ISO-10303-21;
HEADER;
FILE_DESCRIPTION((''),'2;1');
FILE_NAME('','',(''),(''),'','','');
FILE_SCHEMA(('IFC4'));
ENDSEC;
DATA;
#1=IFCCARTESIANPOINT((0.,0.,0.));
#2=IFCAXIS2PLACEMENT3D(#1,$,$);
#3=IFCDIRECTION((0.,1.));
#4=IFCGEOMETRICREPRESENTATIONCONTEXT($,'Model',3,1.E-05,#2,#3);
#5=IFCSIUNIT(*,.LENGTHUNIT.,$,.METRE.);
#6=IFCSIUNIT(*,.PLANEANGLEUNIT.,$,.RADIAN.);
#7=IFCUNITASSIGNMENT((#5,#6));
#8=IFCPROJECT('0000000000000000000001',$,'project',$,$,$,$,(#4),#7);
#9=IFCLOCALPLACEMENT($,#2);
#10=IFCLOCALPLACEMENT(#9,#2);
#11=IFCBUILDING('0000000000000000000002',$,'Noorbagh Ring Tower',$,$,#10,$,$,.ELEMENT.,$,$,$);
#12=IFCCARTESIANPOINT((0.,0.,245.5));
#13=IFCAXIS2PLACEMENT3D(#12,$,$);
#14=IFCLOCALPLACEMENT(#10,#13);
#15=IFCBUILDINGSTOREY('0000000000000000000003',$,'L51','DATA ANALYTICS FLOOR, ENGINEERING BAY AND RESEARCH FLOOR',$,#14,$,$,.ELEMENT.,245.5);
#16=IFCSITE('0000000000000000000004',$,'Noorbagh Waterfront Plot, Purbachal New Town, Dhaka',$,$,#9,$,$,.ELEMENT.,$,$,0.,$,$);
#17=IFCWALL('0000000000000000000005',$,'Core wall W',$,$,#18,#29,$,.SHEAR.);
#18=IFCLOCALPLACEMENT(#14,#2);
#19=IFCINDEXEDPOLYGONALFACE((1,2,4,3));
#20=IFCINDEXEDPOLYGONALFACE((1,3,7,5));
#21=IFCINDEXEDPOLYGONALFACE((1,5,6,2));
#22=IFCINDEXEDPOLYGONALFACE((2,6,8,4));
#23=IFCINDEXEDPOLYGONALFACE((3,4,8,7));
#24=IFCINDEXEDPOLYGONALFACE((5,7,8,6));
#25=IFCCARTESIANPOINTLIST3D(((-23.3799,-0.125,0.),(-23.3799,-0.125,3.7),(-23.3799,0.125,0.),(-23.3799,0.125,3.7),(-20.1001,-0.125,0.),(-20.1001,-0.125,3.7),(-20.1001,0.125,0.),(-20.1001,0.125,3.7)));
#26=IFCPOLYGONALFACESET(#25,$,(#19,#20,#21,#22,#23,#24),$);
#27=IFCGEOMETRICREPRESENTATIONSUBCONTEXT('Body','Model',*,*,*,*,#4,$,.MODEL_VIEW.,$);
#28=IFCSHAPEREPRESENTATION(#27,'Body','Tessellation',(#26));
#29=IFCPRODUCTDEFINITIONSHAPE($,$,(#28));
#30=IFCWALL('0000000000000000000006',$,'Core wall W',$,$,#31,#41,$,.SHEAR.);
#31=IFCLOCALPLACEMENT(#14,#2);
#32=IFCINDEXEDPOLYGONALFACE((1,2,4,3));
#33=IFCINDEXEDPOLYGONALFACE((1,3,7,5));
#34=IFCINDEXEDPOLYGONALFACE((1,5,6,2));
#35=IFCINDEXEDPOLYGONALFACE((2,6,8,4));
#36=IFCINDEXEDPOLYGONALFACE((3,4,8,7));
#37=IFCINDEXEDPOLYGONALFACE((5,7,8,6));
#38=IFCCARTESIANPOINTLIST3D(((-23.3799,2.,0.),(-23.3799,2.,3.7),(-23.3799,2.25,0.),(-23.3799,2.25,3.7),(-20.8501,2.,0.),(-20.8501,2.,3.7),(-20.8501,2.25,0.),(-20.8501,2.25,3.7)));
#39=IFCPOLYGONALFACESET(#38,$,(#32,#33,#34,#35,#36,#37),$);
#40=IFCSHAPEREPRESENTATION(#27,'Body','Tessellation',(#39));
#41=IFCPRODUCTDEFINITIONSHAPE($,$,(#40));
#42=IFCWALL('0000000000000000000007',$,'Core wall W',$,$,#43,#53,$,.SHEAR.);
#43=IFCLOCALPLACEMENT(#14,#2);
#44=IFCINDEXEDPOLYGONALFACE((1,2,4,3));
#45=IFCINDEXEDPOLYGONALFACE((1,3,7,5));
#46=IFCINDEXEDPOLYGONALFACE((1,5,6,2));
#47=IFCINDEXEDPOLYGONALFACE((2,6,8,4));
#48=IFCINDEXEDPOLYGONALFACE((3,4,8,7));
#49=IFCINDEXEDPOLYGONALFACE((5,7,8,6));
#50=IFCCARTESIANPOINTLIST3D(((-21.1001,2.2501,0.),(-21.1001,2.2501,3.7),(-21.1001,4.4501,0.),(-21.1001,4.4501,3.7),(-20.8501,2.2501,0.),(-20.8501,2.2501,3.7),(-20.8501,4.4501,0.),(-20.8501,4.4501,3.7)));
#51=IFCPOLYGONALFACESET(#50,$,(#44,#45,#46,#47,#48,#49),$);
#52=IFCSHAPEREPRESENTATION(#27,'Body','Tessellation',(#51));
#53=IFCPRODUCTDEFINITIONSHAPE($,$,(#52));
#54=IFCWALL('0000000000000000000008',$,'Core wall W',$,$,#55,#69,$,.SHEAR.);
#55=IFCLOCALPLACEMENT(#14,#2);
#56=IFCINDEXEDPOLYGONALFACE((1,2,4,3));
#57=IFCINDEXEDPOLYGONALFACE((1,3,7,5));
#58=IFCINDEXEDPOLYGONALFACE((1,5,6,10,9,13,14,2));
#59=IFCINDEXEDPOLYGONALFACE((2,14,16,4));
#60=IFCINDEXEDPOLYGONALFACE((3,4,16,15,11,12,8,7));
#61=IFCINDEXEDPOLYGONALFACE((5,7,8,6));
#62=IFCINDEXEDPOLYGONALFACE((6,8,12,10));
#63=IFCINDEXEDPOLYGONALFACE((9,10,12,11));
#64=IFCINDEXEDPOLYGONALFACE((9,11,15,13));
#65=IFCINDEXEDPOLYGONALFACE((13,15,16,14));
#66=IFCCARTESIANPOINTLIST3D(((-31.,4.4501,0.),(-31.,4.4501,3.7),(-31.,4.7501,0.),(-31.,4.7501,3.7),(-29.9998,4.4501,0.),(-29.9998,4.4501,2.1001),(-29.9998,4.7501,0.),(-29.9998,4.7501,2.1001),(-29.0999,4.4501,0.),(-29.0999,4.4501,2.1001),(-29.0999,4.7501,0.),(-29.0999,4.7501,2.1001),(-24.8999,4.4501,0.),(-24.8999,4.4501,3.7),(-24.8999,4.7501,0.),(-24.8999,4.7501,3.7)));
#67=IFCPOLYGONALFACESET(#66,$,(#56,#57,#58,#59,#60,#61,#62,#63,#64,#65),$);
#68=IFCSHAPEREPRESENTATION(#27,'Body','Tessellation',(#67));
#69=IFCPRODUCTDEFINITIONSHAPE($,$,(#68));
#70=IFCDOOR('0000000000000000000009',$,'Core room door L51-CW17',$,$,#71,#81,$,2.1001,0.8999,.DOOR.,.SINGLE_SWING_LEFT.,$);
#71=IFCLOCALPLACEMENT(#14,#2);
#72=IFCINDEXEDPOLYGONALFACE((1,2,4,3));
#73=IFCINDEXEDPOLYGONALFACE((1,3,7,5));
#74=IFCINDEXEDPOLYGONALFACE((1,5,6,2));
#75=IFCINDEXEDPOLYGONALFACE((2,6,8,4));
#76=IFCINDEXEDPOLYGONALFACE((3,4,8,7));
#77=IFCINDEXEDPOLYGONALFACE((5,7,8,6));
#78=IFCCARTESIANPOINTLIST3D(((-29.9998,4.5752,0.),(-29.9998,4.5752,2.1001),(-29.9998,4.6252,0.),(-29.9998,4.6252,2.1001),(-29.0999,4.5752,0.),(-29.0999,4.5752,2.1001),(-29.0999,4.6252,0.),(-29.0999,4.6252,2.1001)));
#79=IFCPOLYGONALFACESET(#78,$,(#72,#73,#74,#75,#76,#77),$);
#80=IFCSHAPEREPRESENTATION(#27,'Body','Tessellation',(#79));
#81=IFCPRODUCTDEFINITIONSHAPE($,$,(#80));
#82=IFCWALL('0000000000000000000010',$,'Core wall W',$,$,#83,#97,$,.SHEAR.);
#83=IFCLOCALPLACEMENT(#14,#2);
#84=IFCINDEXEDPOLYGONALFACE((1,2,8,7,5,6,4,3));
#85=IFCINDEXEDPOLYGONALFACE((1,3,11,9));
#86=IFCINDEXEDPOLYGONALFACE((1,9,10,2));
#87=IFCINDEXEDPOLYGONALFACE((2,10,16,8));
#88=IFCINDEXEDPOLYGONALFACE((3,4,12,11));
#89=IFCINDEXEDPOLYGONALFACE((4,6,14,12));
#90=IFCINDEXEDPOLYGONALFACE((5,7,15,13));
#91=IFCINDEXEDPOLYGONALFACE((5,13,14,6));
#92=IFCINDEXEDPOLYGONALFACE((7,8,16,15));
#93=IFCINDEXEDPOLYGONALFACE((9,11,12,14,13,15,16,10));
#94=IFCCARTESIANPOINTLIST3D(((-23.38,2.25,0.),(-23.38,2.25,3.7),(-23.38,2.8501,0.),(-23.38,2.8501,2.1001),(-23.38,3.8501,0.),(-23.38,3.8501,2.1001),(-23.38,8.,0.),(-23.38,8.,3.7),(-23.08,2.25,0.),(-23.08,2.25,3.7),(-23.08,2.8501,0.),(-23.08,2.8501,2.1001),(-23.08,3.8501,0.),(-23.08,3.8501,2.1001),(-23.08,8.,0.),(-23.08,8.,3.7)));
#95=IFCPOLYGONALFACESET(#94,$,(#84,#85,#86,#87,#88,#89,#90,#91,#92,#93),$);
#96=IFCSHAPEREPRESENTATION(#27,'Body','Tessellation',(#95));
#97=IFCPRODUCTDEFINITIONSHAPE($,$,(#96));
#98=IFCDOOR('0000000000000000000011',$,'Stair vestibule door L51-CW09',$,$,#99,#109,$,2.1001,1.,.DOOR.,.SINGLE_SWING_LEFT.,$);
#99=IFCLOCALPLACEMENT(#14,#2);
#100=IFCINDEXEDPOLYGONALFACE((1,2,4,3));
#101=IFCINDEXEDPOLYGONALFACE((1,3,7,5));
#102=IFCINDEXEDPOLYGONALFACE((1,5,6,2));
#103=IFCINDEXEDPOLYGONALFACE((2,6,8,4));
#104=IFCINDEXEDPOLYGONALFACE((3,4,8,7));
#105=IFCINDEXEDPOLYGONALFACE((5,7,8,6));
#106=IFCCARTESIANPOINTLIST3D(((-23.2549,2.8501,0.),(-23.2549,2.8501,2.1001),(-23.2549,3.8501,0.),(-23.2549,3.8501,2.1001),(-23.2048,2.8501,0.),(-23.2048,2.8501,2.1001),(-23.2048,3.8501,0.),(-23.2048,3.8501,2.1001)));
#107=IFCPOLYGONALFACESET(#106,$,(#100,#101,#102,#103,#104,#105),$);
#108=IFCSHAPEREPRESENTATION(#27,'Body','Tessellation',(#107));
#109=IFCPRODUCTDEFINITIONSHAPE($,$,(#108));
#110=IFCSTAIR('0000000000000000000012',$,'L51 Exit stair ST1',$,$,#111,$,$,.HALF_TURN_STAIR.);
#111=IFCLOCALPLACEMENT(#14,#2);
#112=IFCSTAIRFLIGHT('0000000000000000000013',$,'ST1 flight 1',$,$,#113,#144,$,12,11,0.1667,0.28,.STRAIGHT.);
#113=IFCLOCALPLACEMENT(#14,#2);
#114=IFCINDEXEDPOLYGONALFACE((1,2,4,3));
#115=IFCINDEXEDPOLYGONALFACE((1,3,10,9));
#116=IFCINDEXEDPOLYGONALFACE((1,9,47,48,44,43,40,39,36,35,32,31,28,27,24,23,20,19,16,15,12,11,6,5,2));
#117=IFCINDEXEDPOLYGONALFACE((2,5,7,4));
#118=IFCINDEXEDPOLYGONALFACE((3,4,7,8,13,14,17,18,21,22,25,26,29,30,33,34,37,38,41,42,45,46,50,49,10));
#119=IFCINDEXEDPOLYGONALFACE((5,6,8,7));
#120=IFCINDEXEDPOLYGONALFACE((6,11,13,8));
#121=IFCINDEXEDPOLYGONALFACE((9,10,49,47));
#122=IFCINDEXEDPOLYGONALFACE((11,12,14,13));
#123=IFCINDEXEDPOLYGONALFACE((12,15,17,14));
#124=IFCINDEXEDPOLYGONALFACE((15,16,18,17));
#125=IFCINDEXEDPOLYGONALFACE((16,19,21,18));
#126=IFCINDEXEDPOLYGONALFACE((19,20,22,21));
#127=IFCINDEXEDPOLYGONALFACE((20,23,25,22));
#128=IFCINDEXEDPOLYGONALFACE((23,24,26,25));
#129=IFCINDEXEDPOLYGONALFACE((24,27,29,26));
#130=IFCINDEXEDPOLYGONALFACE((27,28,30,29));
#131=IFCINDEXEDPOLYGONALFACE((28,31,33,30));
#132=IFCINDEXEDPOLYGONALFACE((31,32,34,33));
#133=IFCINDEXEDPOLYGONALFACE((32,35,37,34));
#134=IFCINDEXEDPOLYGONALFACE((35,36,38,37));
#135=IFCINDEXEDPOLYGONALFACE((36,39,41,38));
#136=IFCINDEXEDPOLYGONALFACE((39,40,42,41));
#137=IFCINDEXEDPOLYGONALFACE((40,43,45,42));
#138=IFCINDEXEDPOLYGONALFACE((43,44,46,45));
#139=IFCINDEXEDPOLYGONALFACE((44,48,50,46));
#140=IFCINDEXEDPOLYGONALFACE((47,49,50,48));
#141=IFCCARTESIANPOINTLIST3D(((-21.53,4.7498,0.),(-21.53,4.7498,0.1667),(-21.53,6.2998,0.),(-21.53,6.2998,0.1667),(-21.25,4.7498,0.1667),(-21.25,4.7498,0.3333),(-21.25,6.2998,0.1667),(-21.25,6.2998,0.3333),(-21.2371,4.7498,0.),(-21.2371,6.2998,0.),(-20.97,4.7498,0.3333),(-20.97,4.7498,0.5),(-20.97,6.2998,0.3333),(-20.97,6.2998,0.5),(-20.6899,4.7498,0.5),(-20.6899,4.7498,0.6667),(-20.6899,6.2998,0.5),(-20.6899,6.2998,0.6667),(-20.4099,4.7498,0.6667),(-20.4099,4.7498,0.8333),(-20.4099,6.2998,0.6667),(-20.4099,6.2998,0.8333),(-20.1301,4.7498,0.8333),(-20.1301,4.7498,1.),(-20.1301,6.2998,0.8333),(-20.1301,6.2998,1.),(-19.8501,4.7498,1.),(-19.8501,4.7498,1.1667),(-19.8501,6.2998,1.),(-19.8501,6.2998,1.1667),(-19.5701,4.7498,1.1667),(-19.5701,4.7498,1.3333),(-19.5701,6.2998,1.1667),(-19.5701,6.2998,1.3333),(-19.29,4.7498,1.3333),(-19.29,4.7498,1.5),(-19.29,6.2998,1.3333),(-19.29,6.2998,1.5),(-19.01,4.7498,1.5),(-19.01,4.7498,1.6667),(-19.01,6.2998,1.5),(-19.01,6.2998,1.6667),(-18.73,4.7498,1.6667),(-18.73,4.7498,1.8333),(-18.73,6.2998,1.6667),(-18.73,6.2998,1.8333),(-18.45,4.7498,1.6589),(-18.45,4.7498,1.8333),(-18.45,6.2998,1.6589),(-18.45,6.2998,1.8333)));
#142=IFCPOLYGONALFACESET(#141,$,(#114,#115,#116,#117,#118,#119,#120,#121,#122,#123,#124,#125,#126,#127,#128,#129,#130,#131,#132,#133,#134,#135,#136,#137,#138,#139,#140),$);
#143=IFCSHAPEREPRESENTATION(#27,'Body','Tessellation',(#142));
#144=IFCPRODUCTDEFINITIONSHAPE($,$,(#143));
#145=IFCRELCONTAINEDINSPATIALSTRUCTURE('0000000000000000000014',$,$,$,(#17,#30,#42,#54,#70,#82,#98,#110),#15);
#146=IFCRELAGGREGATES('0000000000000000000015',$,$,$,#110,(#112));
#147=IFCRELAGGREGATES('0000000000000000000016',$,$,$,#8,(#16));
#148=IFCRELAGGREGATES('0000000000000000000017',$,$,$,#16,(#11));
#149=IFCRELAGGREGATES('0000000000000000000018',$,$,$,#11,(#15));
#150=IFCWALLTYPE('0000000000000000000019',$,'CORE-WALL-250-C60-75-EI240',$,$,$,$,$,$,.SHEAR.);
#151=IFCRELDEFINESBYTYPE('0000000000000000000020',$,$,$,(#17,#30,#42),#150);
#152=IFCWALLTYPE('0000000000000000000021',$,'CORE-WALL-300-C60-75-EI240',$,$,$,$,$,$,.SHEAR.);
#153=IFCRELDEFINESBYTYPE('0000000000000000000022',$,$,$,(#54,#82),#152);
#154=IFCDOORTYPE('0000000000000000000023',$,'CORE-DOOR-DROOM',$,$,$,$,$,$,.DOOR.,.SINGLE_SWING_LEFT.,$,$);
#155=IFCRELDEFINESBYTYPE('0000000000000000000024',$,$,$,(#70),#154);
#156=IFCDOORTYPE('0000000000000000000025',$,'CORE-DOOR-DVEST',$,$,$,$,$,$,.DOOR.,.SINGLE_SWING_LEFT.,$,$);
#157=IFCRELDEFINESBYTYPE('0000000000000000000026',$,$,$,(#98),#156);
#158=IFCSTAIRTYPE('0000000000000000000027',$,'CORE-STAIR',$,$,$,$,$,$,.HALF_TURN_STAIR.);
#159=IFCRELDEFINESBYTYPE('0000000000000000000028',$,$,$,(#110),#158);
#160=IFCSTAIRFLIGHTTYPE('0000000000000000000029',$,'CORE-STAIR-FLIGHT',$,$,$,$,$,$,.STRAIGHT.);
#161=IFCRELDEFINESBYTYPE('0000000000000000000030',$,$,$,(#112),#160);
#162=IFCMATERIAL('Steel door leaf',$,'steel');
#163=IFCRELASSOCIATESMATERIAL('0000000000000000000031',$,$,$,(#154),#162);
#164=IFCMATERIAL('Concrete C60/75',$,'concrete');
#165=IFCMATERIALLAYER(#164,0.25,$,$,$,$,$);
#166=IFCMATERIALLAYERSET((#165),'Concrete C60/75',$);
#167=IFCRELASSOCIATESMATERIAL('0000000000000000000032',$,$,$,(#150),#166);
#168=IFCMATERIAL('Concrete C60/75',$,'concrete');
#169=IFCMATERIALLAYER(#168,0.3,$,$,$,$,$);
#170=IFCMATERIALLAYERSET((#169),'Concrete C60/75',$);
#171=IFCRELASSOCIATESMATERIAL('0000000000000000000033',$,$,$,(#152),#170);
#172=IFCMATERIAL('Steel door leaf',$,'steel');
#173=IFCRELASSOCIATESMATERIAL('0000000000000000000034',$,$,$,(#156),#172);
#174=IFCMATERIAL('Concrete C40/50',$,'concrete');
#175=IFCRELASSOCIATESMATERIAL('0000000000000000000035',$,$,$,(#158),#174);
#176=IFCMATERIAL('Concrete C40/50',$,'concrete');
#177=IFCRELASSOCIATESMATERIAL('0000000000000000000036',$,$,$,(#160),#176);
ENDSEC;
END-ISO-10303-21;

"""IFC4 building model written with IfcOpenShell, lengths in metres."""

from ifc_helpers import new_model, si_unit, direction, frame, frame_2d, origin, place, context, subcontext, project, spatial, polyline, rectangle, outline, extrude, material, layer, layer_set, type_object, element, fill, aggregate, save


model = new_model("IFC4")

# Units and contexts
model_context = context("Model", 3, precision=1e-05, world=origin(), true_north=direction((0.0, 1.0)))
body_context = subcontext(model_context, "Body", "Model", "MODEL_VIEW")
ifc_project = project(units=[si_unit("LENGTHUNIT", "METRE"), si_unit("PLANEANGLEUNIT", "RADIAN")], contexts=[model_context])

# Site, building, storey
site_placement = place(None, origin())
site = spatial("IfcSite", under=ifc_project, at=site_placement, Name="Noorbagh Waterfront Plot, Purbachal New Town, Dhaka", CompositionType="ELEMENT", RefElevation=0.0)
building_placement = place(site_placement, origin())
building = spatial("IfcBuilding", under=site, at=building_placement, Name="Noorbagh Ring Tower", CompositionType="ELEMENT")
storey_placement = place(building_placement, frame((0.0, 0.0, 245.5)))
storey = spatial("IfcBuildingStorey", under=building, at=storey_placement, Name="L51", Description="DATA ANALYTICS FLOOR, ENGINEERING BAY AND RESEARCH FLOOR", CompositionType="ELEMENT", Elevation=245.5)

# Shared definitions
ifc_material_1 = material(Name="Steel door leaf", Category="steel")
door_type_1 = type_object("IfcDoorType", Name="CORE-DOOR-DROOM", OperationType="SINGLE_SWING_LEFT", PredefinedType="DOOR", material=ifc_material_1)

# Walls
ifc_material_2 = material(Name="Concrete C60/75", Category="concrete")
ifc_layer_1 = layer(ifc_material_2, 0.25)
ifc_layer_set_1 = layer_set([ifc_layer_1], Name="Concrete C60/75")
wall_type_1 = type_object("IfcWallType", Name="CORE-WALL-250-C60-75-EI240", PredefinedType="SHEAR", material=ifc_layer_set_1)
wall_1_placement = place(storey_placement, frame((-20.1001, 0.0, 0.0), z_axis=(0.0, 0.0, 1.0), x_axis=(-1.0, 0.0, 0.0)))
element("IfcWall", 1, at=wall_1_placement, inside=storey, type_object=wall_type_1, Name="Core wall W", PredefinedType="SHEAR", context=body_context, shape_type="SweptSolid", body=[
    extrude(rectangle(XDim=3.2798, YDim=0.25, at=frame_2d((1.6399, 0.0))), origin(), (0.0, 0.0, 1.0), 3.7),
])
wall_2_placement = place(storey_placement, frame((-20.8501, 2.125, 0.0), z_axis=(0.0, 0.0, 1.0), x_axis=(-1.0, 0.0, 0.0)))
element("IfcWall", 2, at=wall_2_placement, inside=storey, type_object=wall_type_1, Name="Core wall W", PredefinedType="SHEAR", context=body_context, shape_type="SweptSolid", body=[
    extrude(rectangle(XDim=2.5298, YDim=0.25, at=frame_2d((1.2649, 0.0))), origin(), (0.0, 0.0, 1.0), 3.7),
])
wall_3_placement = place(storey_placement, frame((-20.9751, 2.25, 0.0), z_axis=(0.0, 0.0, 1.0), x_axis=(0.0, 1.0, 0.0)))
element("IfcWall", 3, at=wall_3_placement, inside=storey, type_object=wall_type_1, Name="Core wall W", PredefinedType="SHEAR", context=body_context, shape_type="SweptSolid", body=[
    extrude(rectangle(XDim=2.2, YDim=0.25, at=frame_2d((1.1001, 0.0))), origin(), (0.0, 0.0, 1.0), 3.7),
])

# Walls, openings, doors
ifc_material_3 = material(Name="Concrete C60/75", Category="concrete")
ifc_layer_2 = layer(ifc_material_3, 0.3)
ifc_layer_set_2 = layer_set([ifc_layer_2], Name="Concrete C60/75")
wall_type_2 = type_object("IfcWallType", Name="CORE-WALL-300-C60-75-EI240", PredefinedType="SHEAR", material=ifc_layer_set_2)
wall_4_placement = place(storey_placement, frame((-24.8999, 4.6001, 0.0), z_axis=(0.0, 0.0, 1.0), x_axis=(-1.0, 0.0, 0.0)))
wall_4 = element("IfcWall", 4, at=wall_4_placement, inside=storey, type_object=wall_type_2, Name="Core wall W", PredefinedType="SHEAR", context=body_context, shape_type="SweptSolid", body=[
    extrude(rectangle(XDim=6.1001, YDim=0.3, at=frame_2d((3.05, 0.0))), origin(), (0.0, 0.0, 1.0), 3.7),
])
opening_1_placement = place(wall_4_placement, frame((4.2, 0.0, 0.0)))
opening_1 = element("IfcOpeningElement", 5, at=opening_1_placement, cuts=wall_4, PredefinedType="OPENING", context=body_context, shape_type="SweptSolid", body=[
    extrude(rectangle(XDim=0.8999, YDim=2.1001, at=frame_2d((0.45, 1.05))), frame((0.0, 0.1602, 0.0), z_axis=(0.0, -1.0, 0.0), x_axis=(1.0, 0.0, 0.0)), (0.0, 0.0, 1.0), 0.3201),
])
door_1_placement = place(opening_1_placement, origin())
door_1 = element("IfcDoor", 6, at=door_1_placement, inside=storey, type_object=door_type_1, Name="Core room door L51-CW17", OperationType="SINGLE_SWING_LEFT", OverallHeight=2.1001, OverallWidth=0.8999, PredefinedType="DOOR", context=body_context, shape_type="SweptSolid", body=[
    extrude(rectangle(XDim=0.8999, YDim=2.1001, at=frame_2d((0.45, 1.05))), frame((0.0, 0.0249, 0.0), z_axis=(0.0, -1.0, 0.0), x_axis=(1.0, 0.0, 0.0)), (0.0, 0.0, 1.0), 0.05),
])
fill(opening_1, door_1)
wall_5_placement = place(storey_placement, frame((-23.23, 2.25, 0.0), z_axis=(0.0, 0.0, 1.0), x_axis=(0.0, 1.0, 0.0)))
wall_5 = element("IfcWall", 7, at=wall_5_placement, inside=storey, type_object=wall_type_2, Name="Core wall W", PredefinedType="SHEAR", context=body_context, shape_type="SweptSolid", body=[
    extrude(rectangle(XDim=5.75, YDim=0.3, at=frame_2d((2.875, 0.0))), origin(), (0.0, 0.0, 1.0), 3.7),
])
opening_2_placement = place(wall_5_placement, frame((0.6001, 0.0, 0.0)))
opening_2 = element("IfcOpeningElement", 8, at=opening_2_placement, cuts=wall_5, PredefinedType="OPENING", context=body_context, shape_type="SweptSolid", body=[
    extrude(rectangle(XDim=1.0, YDim=2.1001, at=frame_2d((0.5, 1.05))), frame((0.0, 0.1602, 0.0), z_axis=(0.0, -1.0, 0.0), x_axis=(1.0, 0.0, 0.0)), (0.0, 0.0, 1.0), 0.3201),
])
ifc_material_4 = material(Name="Steel door leaf", Category="steel")
door_type_2 = type_object("IfcDoorType", Name="CORE-DOOR-DVEST", OperationType="SINGLE_SWING_LEFT", PredefinedType="DOOR", material=ifc_material_4)
door_2_placement = place(opening_2_placement, origin())
door_2 = element("IfcDoor", 9, at=door_2_placement, inside=storey, type_object=door_type_2, Name="Stair vestibule door L51-CW09", OperationType="SINGLE_SWING_LEFT", OverallHeight=2.1001, OverallWidth=1.0, PredefinedType="DOOR", context=body_context, shape_type="SweptSolid", body=[
    extrude(rectangle(XDim=1.0, YDim=2.1001, at=frame_2d((0.5, 1.05))), frame((0.0, 0.0249, 0.0), z_axis=(0.0, -1.0, 0.0), x_axis=(1.0, 0.0, 0.0)), (0.0, 0.0, 1.0), 0.05),
])
fill(opening_2, door_2)

# Stair, stair flight
ifc_material_5 = material(Name="Concrete C40/50", Category="concrete")
stair_type = type_object("IfcStairType", Name="CORE-STAIR", PredefinedType="HALF_TURN_STAIR", material=ifc_material_5)
stair_placement = place(storey_placement, origin())
stair = element("IfcStair", 10, at=stair_placement, inside=storey, type_object=stair_type, Name="L51 Exit stair ST1", PredefinedType="HALF_TURN_STAIR")
ifc_material_6 = material(Name="Concrete C40/50", Category="concrete")
stair_flight_type = type_object("IfcStairFlightType", Name="CORE-STAIR-FLIGHT", PredefinedType="STRAIGHT", material=ifc_material_6)
stair_flight_placement = place(storey_placement, frame((-21.53, 5.5249, 0.0), z_axis=(0.0, 0.0, 1.0), x_axis=(1.0, 0.0, 0.0)))
stair_flight = element("IfcStairFlight", 11, at=stair_flight_placement, type_object=stair_flight_type, Name="ST1 flight 1", NumberOfRisers=12, NumberOfTreads=11, PredefinedType="STRAIGHT", RiserHeight=0.1667, TreadLength=0.28, context=body_context, shape_type="SweptSolid", body=[
    extrude(outline(polyline([(0.0, 0.0), (0.0, 0.1667), (0.28, 0.1667), (0.28, 0.3333), (0.5601, 0.3333), (0.5601, 0.5), (0.8401, 0.5), (0.8401, 0.6667), (1.1201, 0.6667), (1.1201, 0.8333), (1.3999, 0.8333), (1.3999, 1.0), (1.6799, 1.0), (1.6799, 1.1667), (1.96, 1.1667), (1.96, 1.3333), (2.24, 1.3333), (2.24, 1.5), (2.52, 1.5), (2.52, 1.6667), (2.8, 1.6667), (2.8, 1.8333), (3.0801, 1.8333), (3.0801, 2.0), (3.0801, 1.6589), (0.293, 0.0), (0.0, 0.0)])), frame((0.0, 0.7749, 0.0), z_axis=(0.0, -1.0, 0.0), x_axis=(1.0, 0.0, 0.0)), (0.0, 0.0, 1.0), 1.55),
])
aggregate(stair, [stair_flight])

save(model, "model.ifc")
